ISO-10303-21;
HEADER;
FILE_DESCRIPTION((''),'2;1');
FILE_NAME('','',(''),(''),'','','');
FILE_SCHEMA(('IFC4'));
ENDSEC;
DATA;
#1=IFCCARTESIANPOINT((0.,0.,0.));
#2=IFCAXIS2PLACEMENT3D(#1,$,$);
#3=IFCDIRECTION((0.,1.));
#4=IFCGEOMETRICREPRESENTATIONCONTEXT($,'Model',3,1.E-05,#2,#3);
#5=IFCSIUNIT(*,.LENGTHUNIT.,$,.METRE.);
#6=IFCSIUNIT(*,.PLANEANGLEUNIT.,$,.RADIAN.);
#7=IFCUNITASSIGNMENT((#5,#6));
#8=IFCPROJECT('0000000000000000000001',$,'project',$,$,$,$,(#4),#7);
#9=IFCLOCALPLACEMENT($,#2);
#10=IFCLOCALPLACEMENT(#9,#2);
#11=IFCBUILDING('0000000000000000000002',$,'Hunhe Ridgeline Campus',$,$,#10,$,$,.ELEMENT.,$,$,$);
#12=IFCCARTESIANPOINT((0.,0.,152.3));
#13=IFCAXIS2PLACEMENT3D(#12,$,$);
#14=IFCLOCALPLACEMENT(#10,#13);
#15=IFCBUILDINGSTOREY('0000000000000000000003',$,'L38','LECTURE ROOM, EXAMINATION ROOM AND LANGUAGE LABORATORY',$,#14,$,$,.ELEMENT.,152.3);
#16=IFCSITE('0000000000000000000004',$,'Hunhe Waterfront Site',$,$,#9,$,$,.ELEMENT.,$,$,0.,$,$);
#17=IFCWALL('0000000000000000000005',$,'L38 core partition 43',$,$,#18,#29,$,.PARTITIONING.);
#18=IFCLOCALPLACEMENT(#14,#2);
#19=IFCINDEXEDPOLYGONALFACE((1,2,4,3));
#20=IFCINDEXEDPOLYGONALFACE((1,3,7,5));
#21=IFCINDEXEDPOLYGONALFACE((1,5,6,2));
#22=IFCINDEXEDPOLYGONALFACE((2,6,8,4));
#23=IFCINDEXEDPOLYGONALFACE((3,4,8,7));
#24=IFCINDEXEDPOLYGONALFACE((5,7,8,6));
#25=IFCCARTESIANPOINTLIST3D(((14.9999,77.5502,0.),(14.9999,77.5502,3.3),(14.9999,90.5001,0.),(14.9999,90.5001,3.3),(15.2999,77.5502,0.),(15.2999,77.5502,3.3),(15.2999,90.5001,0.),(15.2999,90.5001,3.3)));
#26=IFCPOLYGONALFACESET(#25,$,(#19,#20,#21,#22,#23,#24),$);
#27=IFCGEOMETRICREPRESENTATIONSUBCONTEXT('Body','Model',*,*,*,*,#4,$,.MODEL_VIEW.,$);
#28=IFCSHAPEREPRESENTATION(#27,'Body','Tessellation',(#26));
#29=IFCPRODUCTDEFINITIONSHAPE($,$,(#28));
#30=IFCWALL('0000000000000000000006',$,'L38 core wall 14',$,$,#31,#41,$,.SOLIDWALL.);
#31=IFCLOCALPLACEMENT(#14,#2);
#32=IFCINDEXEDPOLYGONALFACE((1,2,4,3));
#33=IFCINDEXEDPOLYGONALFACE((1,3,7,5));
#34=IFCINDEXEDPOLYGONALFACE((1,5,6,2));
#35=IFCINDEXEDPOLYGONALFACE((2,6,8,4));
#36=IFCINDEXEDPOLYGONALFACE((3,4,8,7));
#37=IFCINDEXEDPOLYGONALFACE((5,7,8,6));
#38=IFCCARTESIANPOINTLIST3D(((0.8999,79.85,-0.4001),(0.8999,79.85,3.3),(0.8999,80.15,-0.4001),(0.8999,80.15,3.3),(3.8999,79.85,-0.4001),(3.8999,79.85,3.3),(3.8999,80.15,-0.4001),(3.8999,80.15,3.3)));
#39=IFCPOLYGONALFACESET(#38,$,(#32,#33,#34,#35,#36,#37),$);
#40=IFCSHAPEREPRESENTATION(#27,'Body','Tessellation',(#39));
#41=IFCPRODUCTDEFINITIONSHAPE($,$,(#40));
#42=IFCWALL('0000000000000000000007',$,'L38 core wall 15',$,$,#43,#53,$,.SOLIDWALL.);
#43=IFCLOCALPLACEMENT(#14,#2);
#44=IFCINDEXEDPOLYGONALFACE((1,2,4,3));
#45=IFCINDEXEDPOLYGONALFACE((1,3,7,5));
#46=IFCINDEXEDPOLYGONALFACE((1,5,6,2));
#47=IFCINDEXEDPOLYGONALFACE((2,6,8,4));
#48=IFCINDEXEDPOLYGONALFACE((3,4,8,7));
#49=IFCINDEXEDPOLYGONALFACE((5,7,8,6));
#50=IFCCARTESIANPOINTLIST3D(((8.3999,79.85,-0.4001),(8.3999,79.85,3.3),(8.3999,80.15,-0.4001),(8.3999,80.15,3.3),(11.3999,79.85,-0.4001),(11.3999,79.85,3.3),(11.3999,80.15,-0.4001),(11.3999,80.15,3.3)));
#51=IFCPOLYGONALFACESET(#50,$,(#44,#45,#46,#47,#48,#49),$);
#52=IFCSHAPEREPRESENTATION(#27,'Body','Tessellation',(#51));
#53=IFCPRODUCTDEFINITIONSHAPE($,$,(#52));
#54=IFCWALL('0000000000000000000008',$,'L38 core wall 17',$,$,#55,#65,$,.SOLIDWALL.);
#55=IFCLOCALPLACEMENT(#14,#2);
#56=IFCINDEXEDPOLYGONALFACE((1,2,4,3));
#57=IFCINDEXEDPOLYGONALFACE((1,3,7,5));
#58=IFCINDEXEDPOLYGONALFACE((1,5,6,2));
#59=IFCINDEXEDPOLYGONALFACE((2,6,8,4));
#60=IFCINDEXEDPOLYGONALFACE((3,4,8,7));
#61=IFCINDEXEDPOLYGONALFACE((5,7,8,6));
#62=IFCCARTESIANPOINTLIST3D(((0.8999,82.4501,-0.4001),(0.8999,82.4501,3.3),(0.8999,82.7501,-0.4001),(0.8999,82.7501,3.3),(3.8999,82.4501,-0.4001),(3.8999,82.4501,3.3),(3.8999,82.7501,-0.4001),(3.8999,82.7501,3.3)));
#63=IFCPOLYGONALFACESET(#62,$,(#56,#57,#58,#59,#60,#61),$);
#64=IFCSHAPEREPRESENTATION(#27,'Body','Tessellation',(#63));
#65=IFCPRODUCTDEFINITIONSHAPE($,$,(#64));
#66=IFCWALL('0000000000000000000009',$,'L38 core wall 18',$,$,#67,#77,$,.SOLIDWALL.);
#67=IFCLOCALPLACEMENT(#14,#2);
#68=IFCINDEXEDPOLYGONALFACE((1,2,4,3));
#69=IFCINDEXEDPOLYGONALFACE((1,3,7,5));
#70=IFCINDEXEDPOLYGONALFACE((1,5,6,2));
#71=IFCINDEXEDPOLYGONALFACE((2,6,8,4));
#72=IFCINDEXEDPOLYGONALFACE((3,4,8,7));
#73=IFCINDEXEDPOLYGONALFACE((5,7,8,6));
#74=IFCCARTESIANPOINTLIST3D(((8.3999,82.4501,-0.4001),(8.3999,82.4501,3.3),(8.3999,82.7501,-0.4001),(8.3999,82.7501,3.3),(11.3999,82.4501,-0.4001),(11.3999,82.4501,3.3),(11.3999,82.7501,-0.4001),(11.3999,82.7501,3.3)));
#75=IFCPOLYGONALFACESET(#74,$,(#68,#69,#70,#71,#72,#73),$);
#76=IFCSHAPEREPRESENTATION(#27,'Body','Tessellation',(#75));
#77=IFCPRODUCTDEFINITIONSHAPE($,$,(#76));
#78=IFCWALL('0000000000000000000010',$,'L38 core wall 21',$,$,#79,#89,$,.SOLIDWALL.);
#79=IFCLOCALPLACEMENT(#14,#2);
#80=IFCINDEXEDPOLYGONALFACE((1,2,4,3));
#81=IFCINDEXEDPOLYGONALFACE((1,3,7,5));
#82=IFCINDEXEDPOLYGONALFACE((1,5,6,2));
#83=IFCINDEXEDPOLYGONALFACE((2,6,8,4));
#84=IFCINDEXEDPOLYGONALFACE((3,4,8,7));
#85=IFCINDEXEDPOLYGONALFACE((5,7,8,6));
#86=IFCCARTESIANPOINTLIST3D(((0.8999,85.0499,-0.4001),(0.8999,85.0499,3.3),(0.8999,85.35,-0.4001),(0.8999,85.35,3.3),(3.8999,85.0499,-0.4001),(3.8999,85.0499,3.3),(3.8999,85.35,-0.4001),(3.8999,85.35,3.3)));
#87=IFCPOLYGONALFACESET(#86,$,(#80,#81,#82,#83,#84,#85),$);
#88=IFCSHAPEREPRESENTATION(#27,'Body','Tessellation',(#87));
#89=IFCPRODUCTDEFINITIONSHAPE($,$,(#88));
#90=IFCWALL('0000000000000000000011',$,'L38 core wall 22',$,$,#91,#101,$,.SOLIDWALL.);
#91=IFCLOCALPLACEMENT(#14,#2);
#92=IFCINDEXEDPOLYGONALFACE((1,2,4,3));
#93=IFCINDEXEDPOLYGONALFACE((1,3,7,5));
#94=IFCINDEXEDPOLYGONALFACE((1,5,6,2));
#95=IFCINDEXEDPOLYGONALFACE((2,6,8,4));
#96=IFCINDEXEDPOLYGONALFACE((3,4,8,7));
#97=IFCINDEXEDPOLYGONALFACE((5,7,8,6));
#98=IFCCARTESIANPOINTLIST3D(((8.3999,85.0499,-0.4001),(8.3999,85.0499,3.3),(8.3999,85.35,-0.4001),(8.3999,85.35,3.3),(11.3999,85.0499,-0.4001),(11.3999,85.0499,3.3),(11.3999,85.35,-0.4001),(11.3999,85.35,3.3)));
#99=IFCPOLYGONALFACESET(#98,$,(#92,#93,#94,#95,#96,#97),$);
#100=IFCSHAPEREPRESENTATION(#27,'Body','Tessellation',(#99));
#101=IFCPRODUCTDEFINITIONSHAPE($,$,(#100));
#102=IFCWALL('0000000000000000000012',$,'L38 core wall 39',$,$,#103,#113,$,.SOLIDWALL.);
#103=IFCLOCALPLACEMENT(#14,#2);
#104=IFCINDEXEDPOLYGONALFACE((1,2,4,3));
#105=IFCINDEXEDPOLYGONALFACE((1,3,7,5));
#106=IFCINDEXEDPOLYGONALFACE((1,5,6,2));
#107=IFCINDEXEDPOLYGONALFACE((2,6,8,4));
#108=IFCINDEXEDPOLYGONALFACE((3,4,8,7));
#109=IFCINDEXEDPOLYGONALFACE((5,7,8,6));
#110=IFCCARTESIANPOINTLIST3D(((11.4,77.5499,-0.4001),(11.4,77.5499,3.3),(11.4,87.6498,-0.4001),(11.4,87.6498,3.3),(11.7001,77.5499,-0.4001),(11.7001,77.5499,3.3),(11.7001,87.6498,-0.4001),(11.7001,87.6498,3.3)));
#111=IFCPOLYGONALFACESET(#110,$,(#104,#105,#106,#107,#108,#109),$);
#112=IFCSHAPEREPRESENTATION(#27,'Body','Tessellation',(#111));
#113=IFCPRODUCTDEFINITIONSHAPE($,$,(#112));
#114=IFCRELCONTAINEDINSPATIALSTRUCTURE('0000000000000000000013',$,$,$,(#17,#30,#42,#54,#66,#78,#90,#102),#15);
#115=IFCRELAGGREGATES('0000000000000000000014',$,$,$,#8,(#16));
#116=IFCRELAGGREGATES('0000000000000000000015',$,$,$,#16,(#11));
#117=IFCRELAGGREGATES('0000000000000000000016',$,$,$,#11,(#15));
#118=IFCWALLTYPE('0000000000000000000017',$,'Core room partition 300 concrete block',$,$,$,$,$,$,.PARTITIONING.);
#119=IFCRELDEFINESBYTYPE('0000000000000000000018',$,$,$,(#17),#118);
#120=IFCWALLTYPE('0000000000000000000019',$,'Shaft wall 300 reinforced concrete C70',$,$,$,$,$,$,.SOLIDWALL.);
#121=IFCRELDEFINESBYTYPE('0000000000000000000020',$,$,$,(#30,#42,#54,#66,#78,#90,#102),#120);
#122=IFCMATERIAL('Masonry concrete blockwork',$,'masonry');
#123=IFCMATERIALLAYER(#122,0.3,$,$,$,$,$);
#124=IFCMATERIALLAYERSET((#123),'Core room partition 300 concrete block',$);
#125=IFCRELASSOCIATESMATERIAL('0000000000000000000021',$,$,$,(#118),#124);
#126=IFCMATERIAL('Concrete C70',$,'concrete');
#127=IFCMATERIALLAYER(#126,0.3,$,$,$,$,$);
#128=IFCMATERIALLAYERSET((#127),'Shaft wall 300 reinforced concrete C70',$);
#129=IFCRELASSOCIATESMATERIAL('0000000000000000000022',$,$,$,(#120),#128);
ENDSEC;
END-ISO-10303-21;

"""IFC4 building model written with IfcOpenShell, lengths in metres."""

from ifc_helpers import new_model, si_unit, direction, frame, frame_2d, origin, place, context, subcontext, project, spatial, rectangle, extrude, material, layer, layer_set, type_object, element, save


model = new_model("IFC4")

# Units and contexts
model_context = context("Model", 3, precision=1e-05, world=origin(), true_north=direction((0.0, 1.0)))
body_context = subcontext(model_context, "Body", "Model", "MODEL_VIEW")
ifc_project = project(units=[si_unit("LENGTHUNIT", "METRE"), si_unit("PLANEANGLEUNIT", "RADIAN")], contexts=[model_context])

# Site, building, storey
site_placement = place(None, origin())
site = spatial("IfcSite", under=ifc_project, at=site_placement, Name="Hunhe Waterfront Site", CompositionType="ELEMENT", RefElevation=0.0)
building_placement = place(site_placement, origin())
building = spatial("IfcBuilding", under=site, at=building_placement, Name="Hunhe Ridgeline Campus", CompositionType="ELEMENT")
storey_placement = place(building_placement, frame((0.0, 0.0, 152.3)))
storey = spatial("IfcBuildingStorey", under=building, at=storey_placement, Name="L38", Description="LECTURE ROOM, EXAMINATION ROOM AND LANGUAGE LABORATORY", CompositionType="ELEMENT", Elevation=152.3)

# Shared definitions
ifc_material_1 = material(Name="Masonry concrete blockwork", Category="masonry")
ifc_layer_1 = layer(ifc_material_1, 0.3)
ifc_layer_set_1 = layer_set([ifc_layer_1], Name="Core room partition 300 concrete block")
wall_type_1 = type_object("IfcWallType", Name="Core room partition 300 concrete block", PredefinedType="PARTITIONING", material=ifc_layer_set_1)

# Wall
wall_1_placement = place(storey_placement, frame((15.1499, 77.55, 0.0), z_axis=(0.0, 0.0, 1.0), x_axis=(0.0, 1.0, 0.0)))
element("IfcWall", 1, at=wall_1_placement, inside=storey, type_object=wall_type_1, Name="L38 core partition 43", PredefinedType="PARTITIONING", context=body_context, shape_type="SweptSolid", body=[
    extrude(rectangle(XDim=12.95, YDim=0.3, at=frame_2d((6.4751, 0.0))), origin(), (0.0, 0.0, 1.0), 3.3),
])

# Shared definitions
ifc_material_2 = material(Name="Concrete C70", Category="concrete")
ifc_layer_2 = layer(ifc_material_2, 0.3)
ifc_layer_set_2 = layer_set([ifc_layer_2], Name="Shaft wall 300 reinforced concrete C70")
wall_type_2 = type_object("IfcWallType", Name="Shaft wall 300 reinforced concrete C70", PredefinedType="SOLIDWALL", material=ifc_layer_set_2)

# Walls
for number, where, z_axis, x_axis, name in (
    (2, (0.8999, 80.0, -0.4001), (0.0, 0.0, 1.0), (1.0, 0.0, 0.0), "L38 core wall 14"),
    (3, (8.3999, 80.0, -0.4001), (0.0, 0.0, 1.0), (1.0, 0.0, 0.0), "L38 core wall 15"),
    (4, (0.8999, 82.6001, -0.4001), (0.0, 0.0, 1.0), (1.0, 0.0, 0.0), "L38 core wall 17"),
    (5, (8.3999, 82.6001, -0.4001), (0.0, 0.0, 1.0), (1.0, 0.0, 0.0), "L38 core wall 18"),
    (6, (0.8999, 85.2, -0.4001), (0.0, 0.0, 1.0), (1.0, 0.0, 0.0), "L38 core wall 21"),
    (7, (8.3999, 85.2, -0.4001), (0.0, 0.0, 1.0), (1.0, 0.0, 0.0), "L38 core wall 22"),
):
    element("IfcWall", number, at=place(storey_placement, frame(where, z_axis=z_axis, x_axis=x_axis)), inside=storey, type_object=wall_type_2, Name=name, PredefinedType="SOLIDWALL", context=body_context, shape_type="SweptSolid", body=[
        extrude(rectangle(XDim=3.0, YDim=0.3, at=frame_2d((1.5, 0.0))), origin(), (0.0, 0.0, 1.0), 3.7002),
    ])

# Wall
wall_2_placement = place(storey_placement, frame((11.55, 77.55, -0.4001), z_axis=(0.0, 0.0, 1.0), x_axis=(0.0, 1.0, 0.0)))
element("IfcWall", 8, at=wall_2_placement, inside=storey, type_object=wall_type_2, Name="L38 core wall 39", PredefinedType="SOLIDWALL", context=body_context, shape_type="SweptSolid", body=[
    extrude(rectangle(XDim=10.0999, YDim=0.3, at=frame_2d((5.0498, 0.0))), origin(), (0.0, 0.0, 1.0), 3.7002),
])

save(model, "model.ifc")
